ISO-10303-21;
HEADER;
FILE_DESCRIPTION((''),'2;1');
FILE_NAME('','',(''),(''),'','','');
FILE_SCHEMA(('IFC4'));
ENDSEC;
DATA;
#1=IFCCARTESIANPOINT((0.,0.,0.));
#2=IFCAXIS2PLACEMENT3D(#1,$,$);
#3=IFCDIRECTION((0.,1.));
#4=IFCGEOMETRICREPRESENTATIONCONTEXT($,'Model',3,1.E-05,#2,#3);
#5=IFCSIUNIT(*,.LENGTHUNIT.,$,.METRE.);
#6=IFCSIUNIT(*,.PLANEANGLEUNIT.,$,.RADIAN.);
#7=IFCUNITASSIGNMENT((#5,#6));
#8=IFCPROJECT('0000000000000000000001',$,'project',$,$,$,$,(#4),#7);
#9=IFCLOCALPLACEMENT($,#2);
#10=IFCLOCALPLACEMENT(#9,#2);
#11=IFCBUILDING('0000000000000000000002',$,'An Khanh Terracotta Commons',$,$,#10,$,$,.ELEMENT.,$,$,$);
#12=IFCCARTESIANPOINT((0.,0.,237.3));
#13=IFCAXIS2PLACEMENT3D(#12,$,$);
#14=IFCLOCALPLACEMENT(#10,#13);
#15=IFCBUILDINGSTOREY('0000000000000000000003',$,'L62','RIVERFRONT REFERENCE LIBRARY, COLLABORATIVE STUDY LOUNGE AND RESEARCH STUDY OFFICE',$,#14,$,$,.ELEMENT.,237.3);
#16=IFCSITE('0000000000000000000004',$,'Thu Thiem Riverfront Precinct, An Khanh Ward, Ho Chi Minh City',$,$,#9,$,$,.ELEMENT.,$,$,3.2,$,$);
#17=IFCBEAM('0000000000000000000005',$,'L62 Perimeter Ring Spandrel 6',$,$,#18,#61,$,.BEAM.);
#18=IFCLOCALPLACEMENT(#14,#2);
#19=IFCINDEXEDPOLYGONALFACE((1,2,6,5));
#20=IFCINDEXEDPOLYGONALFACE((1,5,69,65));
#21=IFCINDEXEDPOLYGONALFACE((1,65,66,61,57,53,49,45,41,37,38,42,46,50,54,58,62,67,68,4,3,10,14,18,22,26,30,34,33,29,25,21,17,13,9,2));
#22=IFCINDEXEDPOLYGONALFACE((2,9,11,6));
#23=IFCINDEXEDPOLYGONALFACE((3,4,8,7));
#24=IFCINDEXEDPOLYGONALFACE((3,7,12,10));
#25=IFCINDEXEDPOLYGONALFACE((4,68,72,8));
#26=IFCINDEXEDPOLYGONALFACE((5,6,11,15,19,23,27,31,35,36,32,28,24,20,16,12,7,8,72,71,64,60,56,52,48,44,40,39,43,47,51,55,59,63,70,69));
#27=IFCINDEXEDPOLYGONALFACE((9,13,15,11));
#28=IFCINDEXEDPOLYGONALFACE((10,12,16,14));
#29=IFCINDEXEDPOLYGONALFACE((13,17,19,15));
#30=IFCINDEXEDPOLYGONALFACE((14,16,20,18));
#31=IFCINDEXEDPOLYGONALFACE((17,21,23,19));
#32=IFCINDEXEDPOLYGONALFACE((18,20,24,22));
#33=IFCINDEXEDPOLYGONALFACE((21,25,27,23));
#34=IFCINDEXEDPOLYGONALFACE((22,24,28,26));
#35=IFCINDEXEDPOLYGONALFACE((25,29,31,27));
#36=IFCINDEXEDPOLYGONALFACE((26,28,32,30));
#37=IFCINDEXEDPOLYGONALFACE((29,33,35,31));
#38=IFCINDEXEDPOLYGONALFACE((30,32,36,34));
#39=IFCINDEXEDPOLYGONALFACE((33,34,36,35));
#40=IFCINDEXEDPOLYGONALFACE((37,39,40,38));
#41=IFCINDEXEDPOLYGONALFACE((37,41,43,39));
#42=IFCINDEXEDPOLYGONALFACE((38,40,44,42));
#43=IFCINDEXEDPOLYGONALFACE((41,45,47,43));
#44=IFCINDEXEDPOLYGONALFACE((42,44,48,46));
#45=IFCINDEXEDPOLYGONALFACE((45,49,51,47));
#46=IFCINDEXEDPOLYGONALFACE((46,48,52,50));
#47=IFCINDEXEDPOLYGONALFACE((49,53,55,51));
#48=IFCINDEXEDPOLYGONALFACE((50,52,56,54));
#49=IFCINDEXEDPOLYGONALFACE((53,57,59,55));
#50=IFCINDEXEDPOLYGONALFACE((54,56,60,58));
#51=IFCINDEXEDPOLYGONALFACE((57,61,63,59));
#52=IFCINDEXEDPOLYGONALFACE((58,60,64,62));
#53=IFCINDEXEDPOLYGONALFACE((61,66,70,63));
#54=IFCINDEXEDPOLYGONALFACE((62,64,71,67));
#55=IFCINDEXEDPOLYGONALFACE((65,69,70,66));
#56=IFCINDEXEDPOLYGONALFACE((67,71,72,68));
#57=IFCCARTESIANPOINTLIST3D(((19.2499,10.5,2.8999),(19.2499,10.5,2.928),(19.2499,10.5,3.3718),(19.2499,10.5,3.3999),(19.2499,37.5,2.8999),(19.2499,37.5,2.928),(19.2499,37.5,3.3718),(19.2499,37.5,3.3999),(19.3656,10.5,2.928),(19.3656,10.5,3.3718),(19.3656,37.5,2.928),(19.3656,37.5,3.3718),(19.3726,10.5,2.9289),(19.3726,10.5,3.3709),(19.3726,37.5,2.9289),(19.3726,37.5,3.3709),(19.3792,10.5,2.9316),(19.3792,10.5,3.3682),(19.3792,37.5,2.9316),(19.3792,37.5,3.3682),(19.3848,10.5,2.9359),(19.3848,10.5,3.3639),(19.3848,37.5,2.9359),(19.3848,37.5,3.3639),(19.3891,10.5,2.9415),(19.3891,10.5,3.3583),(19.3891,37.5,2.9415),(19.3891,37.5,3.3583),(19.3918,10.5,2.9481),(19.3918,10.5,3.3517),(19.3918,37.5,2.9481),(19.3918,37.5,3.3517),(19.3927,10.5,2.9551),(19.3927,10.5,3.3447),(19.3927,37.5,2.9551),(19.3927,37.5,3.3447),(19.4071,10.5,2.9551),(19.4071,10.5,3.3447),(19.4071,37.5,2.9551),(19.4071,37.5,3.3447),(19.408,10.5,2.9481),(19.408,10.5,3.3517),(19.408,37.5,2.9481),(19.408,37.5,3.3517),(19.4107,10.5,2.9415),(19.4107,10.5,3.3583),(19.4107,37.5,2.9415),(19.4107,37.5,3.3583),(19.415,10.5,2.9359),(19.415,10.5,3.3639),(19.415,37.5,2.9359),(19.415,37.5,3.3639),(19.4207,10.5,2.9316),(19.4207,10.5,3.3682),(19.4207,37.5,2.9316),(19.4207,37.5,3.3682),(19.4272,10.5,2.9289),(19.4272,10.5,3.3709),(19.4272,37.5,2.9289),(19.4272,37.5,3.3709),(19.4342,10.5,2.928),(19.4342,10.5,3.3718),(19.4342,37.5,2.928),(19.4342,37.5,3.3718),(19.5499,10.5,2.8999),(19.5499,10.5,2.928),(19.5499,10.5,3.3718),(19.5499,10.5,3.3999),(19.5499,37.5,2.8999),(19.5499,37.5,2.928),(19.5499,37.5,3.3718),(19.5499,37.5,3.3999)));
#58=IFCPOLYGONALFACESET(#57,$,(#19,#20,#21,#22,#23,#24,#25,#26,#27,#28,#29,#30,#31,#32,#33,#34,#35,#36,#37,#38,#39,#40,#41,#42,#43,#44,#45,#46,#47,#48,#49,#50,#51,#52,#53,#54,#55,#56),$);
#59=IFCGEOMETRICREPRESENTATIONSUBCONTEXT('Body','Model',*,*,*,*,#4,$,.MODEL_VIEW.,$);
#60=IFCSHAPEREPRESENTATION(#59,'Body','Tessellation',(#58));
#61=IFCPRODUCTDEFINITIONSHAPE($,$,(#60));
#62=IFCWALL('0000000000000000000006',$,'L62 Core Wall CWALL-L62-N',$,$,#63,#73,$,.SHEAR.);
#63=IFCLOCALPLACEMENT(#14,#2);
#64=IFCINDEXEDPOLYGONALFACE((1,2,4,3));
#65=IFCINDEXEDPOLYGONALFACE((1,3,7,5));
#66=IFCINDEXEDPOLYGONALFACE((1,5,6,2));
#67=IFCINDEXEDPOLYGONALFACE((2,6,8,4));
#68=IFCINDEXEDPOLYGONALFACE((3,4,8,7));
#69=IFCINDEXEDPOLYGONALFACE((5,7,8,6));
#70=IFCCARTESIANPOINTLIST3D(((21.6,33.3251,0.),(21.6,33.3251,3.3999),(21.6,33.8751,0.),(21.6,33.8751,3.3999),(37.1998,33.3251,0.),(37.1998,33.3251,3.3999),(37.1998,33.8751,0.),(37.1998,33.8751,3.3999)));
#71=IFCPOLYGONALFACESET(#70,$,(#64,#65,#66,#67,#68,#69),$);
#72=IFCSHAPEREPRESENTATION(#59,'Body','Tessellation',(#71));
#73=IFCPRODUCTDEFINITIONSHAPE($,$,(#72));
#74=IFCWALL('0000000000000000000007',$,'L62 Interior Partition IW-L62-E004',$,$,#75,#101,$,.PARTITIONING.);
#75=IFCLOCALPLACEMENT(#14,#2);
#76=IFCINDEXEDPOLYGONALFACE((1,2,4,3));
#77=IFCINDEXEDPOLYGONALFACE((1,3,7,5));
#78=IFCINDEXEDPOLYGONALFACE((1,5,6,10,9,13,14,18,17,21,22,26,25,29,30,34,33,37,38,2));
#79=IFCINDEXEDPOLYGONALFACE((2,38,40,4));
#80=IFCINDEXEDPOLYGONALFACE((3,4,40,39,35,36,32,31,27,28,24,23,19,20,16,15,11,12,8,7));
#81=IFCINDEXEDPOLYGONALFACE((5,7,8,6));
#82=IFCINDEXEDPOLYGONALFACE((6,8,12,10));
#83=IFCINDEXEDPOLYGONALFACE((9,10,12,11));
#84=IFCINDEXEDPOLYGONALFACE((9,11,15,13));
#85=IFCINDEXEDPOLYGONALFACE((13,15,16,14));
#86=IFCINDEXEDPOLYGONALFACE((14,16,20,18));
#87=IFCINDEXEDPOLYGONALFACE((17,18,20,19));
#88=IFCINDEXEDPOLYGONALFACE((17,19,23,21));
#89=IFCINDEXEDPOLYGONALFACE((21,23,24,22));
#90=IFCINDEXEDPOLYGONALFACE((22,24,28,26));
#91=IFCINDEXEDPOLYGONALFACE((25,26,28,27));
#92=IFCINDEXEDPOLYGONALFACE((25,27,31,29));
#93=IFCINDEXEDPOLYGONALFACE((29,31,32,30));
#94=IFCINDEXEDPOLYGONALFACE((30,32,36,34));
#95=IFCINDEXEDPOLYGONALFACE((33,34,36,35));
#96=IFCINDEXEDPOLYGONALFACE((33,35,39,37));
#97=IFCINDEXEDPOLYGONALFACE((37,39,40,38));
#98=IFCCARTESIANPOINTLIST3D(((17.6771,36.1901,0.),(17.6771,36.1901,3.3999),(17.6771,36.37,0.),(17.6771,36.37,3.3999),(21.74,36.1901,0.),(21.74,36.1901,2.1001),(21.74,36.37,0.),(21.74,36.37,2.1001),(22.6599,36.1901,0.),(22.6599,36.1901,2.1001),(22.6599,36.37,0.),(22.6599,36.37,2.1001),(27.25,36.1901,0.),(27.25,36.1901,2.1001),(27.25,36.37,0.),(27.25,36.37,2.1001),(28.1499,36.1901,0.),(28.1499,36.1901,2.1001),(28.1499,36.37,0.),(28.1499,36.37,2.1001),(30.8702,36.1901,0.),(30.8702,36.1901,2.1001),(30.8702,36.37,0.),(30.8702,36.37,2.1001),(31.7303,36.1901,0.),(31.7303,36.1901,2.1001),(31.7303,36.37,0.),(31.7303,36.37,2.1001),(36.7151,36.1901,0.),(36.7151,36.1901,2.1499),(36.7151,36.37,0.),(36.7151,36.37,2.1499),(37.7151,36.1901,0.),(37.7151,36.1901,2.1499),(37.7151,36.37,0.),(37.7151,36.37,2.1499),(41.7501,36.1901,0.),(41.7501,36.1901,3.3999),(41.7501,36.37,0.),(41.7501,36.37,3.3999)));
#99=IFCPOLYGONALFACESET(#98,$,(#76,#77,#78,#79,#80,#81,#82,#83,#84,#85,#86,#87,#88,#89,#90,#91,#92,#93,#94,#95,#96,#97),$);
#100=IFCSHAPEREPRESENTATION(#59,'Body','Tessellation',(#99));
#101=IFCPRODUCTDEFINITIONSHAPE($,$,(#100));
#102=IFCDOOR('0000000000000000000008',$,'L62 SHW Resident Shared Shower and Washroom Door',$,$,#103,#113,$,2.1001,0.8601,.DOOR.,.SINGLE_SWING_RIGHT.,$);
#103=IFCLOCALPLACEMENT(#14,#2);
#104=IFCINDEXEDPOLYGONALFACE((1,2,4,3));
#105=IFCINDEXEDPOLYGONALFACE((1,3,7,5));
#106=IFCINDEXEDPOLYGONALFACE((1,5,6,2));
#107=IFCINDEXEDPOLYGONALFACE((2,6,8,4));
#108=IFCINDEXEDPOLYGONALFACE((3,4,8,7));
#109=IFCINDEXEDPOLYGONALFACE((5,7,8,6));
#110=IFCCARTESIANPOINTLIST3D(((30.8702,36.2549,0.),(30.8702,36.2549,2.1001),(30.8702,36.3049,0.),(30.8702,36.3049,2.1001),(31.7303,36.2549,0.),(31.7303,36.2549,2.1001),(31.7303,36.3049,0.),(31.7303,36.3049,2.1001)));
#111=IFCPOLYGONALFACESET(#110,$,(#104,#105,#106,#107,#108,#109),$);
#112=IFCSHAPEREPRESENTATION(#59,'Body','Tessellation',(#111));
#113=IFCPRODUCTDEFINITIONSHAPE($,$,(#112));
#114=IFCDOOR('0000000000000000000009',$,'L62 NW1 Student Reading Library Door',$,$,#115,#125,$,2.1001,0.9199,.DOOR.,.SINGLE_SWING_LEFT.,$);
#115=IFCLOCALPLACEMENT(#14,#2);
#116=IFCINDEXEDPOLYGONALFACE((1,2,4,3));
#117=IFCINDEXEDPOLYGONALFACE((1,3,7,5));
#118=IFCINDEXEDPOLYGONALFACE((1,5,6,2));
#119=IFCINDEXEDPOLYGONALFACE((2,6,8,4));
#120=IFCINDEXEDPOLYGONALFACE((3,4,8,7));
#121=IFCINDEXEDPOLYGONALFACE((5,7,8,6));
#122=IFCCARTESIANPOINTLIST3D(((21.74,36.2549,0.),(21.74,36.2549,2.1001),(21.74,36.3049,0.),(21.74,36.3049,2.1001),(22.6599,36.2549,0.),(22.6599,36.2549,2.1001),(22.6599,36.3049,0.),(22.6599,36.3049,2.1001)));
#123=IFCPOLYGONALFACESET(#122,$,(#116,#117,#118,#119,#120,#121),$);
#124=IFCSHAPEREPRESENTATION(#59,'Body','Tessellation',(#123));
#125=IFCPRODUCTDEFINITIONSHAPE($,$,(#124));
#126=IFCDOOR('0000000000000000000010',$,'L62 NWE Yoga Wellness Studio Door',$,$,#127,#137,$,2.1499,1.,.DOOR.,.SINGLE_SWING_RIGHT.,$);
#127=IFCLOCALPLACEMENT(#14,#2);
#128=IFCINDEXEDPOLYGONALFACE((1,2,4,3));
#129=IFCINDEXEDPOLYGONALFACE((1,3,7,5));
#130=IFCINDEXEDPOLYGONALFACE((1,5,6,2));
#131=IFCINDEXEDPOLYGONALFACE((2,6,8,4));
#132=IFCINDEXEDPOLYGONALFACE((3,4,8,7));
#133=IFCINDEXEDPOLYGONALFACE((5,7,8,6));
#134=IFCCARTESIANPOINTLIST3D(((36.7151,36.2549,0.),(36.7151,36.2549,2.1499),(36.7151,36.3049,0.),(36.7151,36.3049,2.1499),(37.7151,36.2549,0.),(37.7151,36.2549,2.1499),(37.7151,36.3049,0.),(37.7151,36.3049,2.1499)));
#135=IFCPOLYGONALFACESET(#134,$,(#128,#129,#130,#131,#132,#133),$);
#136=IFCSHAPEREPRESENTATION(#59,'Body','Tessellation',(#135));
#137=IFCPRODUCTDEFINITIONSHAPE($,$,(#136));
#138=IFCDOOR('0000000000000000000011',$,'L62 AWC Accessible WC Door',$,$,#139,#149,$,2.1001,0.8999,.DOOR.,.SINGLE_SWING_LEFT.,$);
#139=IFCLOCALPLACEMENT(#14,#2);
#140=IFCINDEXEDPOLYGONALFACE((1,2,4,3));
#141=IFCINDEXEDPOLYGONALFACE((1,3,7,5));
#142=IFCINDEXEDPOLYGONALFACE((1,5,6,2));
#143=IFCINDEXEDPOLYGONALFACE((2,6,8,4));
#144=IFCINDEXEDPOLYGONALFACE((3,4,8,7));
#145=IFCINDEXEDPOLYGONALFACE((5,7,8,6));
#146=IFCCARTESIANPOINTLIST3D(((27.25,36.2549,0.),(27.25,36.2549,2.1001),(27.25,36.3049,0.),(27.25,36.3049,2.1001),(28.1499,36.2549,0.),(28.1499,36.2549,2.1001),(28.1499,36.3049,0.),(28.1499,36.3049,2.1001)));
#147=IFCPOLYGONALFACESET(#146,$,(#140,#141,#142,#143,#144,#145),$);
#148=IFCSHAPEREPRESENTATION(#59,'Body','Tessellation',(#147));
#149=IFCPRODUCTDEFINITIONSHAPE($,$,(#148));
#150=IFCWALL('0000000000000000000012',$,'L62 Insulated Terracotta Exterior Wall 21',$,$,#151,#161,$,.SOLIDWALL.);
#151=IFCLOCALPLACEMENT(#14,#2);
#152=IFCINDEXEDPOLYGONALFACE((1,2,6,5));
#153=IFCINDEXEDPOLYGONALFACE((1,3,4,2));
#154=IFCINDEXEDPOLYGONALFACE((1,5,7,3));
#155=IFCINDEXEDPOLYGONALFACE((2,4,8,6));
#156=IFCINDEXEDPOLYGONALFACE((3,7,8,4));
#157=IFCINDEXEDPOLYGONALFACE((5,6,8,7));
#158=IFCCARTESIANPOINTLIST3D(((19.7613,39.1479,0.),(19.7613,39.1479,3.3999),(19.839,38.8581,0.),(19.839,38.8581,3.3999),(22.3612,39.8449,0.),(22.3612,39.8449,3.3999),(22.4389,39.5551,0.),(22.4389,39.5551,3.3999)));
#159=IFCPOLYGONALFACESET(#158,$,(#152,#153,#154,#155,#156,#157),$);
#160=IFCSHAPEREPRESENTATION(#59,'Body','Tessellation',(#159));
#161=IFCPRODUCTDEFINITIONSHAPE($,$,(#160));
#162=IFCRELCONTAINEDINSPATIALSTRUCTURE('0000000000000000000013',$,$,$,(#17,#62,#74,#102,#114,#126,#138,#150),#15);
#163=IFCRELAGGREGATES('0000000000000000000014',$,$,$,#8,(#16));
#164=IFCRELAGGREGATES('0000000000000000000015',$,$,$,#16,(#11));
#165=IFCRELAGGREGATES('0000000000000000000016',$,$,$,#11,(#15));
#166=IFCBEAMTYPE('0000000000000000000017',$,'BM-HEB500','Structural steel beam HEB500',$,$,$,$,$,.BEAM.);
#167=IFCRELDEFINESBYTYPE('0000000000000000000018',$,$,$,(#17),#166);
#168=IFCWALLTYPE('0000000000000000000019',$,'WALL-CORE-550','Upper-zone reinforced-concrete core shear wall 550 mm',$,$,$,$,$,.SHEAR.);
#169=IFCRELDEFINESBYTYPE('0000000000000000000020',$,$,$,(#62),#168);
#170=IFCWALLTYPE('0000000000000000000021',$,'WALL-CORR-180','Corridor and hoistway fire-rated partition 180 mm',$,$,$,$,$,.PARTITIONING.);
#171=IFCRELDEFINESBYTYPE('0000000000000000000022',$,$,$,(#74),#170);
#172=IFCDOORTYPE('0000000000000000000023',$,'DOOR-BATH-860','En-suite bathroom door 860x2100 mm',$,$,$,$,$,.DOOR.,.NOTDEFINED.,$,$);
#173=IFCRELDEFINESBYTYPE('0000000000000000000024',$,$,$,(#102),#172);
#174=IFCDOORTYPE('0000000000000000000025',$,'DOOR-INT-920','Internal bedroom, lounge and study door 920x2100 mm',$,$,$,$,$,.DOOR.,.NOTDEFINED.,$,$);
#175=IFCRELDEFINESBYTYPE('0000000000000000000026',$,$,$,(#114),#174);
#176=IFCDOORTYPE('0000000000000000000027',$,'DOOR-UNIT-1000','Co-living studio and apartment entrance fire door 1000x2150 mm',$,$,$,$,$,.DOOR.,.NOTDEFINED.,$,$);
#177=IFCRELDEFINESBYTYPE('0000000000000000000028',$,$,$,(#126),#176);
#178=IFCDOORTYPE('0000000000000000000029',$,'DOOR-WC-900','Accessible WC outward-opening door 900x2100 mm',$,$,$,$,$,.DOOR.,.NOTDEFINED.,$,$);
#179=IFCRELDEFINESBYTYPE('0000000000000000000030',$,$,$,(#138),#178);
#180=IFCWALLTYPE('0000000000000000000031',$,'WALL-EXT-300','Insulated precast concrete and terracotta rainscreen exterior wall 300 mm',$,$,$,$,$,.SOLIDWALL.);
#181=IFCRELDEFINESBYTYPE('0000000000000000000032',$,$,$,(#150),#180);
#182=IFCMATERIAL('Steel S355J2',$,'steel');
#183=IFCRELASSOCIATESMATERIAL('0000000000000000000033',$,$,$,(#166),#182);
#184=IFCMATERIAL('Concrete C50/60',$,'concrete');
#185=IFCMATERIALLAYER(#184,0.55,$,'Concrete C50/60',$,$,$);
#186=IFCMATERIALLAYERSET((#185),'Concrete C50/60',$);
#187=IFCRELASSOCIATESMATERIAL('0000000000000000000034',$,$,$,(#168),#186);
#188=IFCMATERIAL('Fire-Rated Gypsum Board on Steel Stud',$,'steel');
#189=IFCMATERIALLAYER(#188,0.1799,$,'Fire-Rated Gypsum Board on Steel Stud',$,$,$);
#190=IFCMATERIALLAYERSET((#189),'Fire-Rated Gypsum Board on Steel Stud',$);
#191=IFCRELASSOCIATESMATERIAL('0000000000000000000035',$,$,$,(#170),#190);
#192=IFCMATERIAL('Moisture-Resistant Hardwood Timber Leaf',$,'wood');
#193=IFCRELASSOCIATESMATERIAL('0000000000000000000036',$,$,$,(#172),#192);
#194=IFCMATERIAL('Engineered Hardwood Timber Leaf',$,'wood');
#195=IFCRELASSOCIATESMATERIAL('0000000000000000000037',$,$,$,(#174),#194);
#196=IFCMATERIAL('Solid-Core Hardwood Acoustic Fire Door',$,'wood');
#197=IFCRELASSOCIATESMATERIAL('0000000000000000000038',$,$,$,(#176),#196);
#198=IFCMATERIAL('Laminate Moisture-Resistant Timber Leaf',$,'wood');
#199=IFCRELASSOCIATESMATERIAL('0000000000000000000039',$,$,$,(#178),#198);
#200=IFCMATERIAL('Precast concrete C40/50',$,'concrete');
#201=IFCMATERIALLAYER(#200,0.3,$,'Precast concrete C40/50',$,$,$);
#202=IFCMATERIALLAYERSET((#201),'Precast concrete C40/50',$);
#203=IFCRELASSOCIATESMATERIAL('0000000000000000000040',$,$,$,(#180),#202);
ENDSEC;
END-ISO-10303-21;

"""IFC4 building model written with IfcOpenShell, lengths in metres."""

from ifc_helpers import new_model, si_unit, direction, frame, frame_2d, origin, origin_2d, place, context, subcontext, project, spatial, rectangle, i_section, extrude, material, layer, layer_set, material_profile, profile_set, type_object, element, fill, save


model = new_model("IFC4")

# Units and contexts
model_context = context("Model", 3, precision=1e-05, world=origin(), true_north=direction((0.0, 1.0)))
body_context = subcontext(model_context, "Body", "Model", "MODEL_VIEW")
ifc_project = project(units=[si_unit("LENGTHUNIT", "METRE"), si_unit("PLANEANGLEUNIT", "RADIAN")], contexts=[model_context])

# Site, building, storey
site_placement = place(None, origin())
site = spatial("IfcSite", under=ifc_project, at=site_placement, Name="Thu Thiem Riverfront Precinct, An Khanh Ward, Ho Chi Minh City", CompositionType="ELEMENT", RefElevation=3.2)
building_placement = place(site_placement, origin())
building = spatial("IfcBuilding", under=site, at=building_placement, Name="An Khanh Terracotta Commons", CompositionType="ELEMENT")
storey_placement = place(building_placement, frame((0.0, 0.0, 237.3)))
storey = spatial("IfcBuildingStorey", under=building, at=storey_placement, Name="L62", Description="RIVERFRONT REFERENCE LIBRARY, COLLABORATIVE STUDY LOUNGE AND RESEARCH STUDY OFFICE", CompositionType="ELEMENT", Elevation=237.3)

# Beam
ifc_material_1 = material(Name="Steel S355J2", Category="steel")
ifc_material_profile_1 = material_profile(ifc_material_1, i_section(OverallWidth=0.3, OverallDepth=0.5, WebThickness=0.0144, FlangeThickness=0.0281, FilletRadius=0.0271, at=origin_2d()), Name="HEB500")
ifc_profile_set_1 = profile_set([ifc_material_profile_1], Name="Steel S355J2")
beam_type_1 = type_object("IfcBeamType", Name="BM-HEB500", Description="Structural steel beam HEB500", PredefinedType="BEAM", material=ifc_profile_set_1)
beam_1_placement = place(storey_placement, frame((19.3999, 37.5, 3.1499), z_axis=(0.0, -1.0, 0.0), x_axis=(1.0, 0.0, 0.0)))
element("IfcBeam", 1, at=beam_1_placement, inside=storey, type_object=beam_type_1, Name="L62 Perimeter Ring Spandrel 6", PredefinedType="BEAM", context=body_context, shape_type="SweptSolid", body=[
    extrude(i_section(OverallWidth=0.3, OverallDepth=0.5, WebThickness=0.0144, FlangeThickness=0.0281, FilletRadius=0.0271, at=origin_2d()), origin(), (0.0, 0.0, 1.0), 27.0),
])

# Wall
ifc_material_2 = material(Name="Concrete C50/60", Category="concrete")
ifc_layer_1 = layer(ifc_material_2, 0.55, Name="Concrete C50/60")
ifc_layer_set_1 = layer_set([ifc_layer_1], Name="Concrete C50/60")
wall_type_1 = type_object("IfcWallType", Name="WALL-CORE-550", Description="Upper-zone reinforced-concrete core shear wall 550 mm", PredefinedType="SHEAR", material=ifc_layer_set_1)
wall_1_placement = place(storey_placement, frame((21.6001, 33.6001, 0.0), z_axis=(0.0, 0.0, 1.0), x_axis=(1.0, 0.0, 0.0)))
element("IfcWall", 2, at=wall_1_placement, inside=storey, type_object=wall_type_1, Name="L62 Core Wall CWALL-L62-N", PredefinedType="SHEAR", context=body_context, shape_type="SweptSolid", body=[
    extrude(rectangle(XDim=15.5999, YDim=0.55, at=frame_2d((7.7998, 0.0))), origin(), (0.0, 0.0, 1.0), 3.3999),
])

# Wall, openings, doors
ifc_material_3 = material(Name="Fire-Rated Gypsum Board on Steel Stud", Category="steel")
ifc_layer_2 = layer(ifc_material_3, 0.1799, Name="Fire-Rated Gypsum Board on Steel Stud")
ifc_layer_set_2 = layer_set([ifc_layer_2], Name="Fire-Rated Gypsum Board on Steel Stud")
wall_type_2 = type_object("IfcWallType", Name="WALL-CORR-180", Description="Corridor and hoistway fire-rated partition 180 mm", PredefinedType="PARTITIONING", material=ifc_layer_set_2)
wall_2_placement = place(storey_placement, frame((17.677, 36.28, 0.0), z_axis=(0.0, 0.0, 1.0), x_axis=(1.0, 0.0, 0.0)))
wall_2 = element("IfcWall", 3, at=wall_2_placement, inside=storey, type_object=wall_type_2, Name="L62 Interior Partition IW-L62-E004", PredefinedType="PARTITIONING", context=body_context, shape_type="SweptSolid", body=[
    extrude(rectangle(XDim=24.073, YDim=0.1799, at=frame_2d((12.0366, 0.0))), origin(), (0.0, 0.0, 1.0), 3.3999),
])
opening_1_placement = place(wall_2_placement, frame((9.573, 0.0, 0.0)))
opening_1 = element("IfcOpeningElement", 4, at=opening_1_placement, cuts=wall_2, PredefinedType="OPENING", context=body_context, shape_type="SweptSolid", body=[
    extrude(rectangle(XDim=0.8999, YDim=2.1001, at=frame_2d((0.45, 1.05))), frame((0.0, 0.0999, 0.0), z_axis=(0.0, -1.0, 0.0), x_axis=(1.0, 0.0, 0.0)), (0.0, 0.0, 1.0), 0.2),
])
opening_2_placement = place(wall_2_placement, frame((13.1931, 0.0, 0.0)))
opening_2 = element("IfcOpeningElement", 5, at=opening_2_placement, cuts=wall_2, PredefinedType="OPENING", context=body_context, shape_type="SweptSolid", body=[
    extrude(rectangle(XDim=0.8601, YDim=2.1001, at=frame_2d((0.4302, 1.05))), frame((0.0, 0.0999, 0.0), z_axis=(0.0, -1.0, 0.0), x_axis=(1.0, 0.0, 0.0)), (0.0, 0.0, 1.0), 0.2),
])
opening_3_placement = place(wall_2_placement, frame((4.063, 0.0, 0.0)))
opening_3 = element("IfcOpeningElement", 6, at=opening_3_placement, cuts=wall_2, PredefinedType="OPENING", context=body_context, shape_type="SweptSolid", body=[
    extrude(rectangle(XDim=0.9199, YDim=2.1001, at=frame_2d((0.46, 1.05))), frame((0.0, 0.0999, 0.0), z_axis=(0.0, -1.0, 0.0), x_axis=(1.0, 0.0, 0.0)), (0.0, 0.0, 1.0), 0.2),
])
opening_4_placement = place(wall_2_placement, frame((19.0381, 0.0, 0.0)))
opening_4 = element("IfcOpeningElement", 7, at=opening_4_placement, cuts=wall_2, PredefinedType="OPENING", context=body_context, shape_type="SweptSolid", body=[
    extrude(rectangle(XDim=1.0, YDim=2.1499, at=frame_2d((0.5, 1.075))), frame((0.0, 0.0999, 0.0), z_axis=(0.0, -1.0, 0.0), x_axis=(1.0, 0.0, 0.0)), (0.0, 0.0, 1.0), 0.2),
])
ifc_material_4 = material(Name="Moisture-Resistant Hardwood Timber Leaf", Category="wood")
door_type_1 = type_object("IfcDoorType", Name="DOOR-BATH-860", Description="En-suite bathroom door 860x2100 mm", OperationType="NOTDEFINED", PredefinedType="DOOR", material=ifc_material_4)
door_1_placement = place(opening_2_placement, origin())
door_1 = element("IfcDoor", 8, at=door_1_placement, inside=storey, type_object=door_type_1, Name="L62 SHW Resident Shared Shower and Washroom Door", OperationType="SINGLE_SWING_RIGHT", OverallHeight=2.1001, OverallWidth=0.8601, PredefinedType="DOOR", context=body_context, shape_type="SweptSolid", body=[
    extrude(rectangle(XDim=0.8601, YDim=2.1001, at=frame_2d((0.4302, 1.05))), frame((0.0, 0.0249, 0.0), z_axis=(0.0, -1.0, 0.0), x_axis=(1.0, 0.0, 0.0)), (0.0, 0.0, 1.0), 0.05),
])
fill(opening_2, door_1)
ifc_material_5 = material(Name="Engineered Hardwood Timber Leaf", Category="wood")
door_type_2 = type_object("IfcDoorType", Name="DOOR-INT-920", Description="Internal bedroom, lounge and study door 920x2100 mm", OperationType="NOTDEFINED", PredefinedType="DOOR", material=ifc_material_5)
door_2_placement = place(opening_3_placement, origin())
door_2 = element("IfcDoor", 9, at=door_2_placement, inside=storey, type_object=door_type_2, Name="L62 NW1 Student Reading Library Door", OperationType="SINGLE_SWING_LEFT", OverallHeight=2.1001, OverallWidth=0.9199, PredefinedType="DOOR", context=body_context, shape_type="SweptSolid", body=[
    extrude(rectangle(XDim=0.9199, YDim=2.1001, at=frame_2d((0.46, 1.05))), frame((0.0, 0.0249, 0.0), z_axis=(0.0, -1.0, 0.0), x_axis=(1.0, 0.0, 0.0)), (0.0, 0.0, 1.0), 0.05),
])
fill(opening_3, door_2)
ifc_material_6 = material(Name="Solid-Core Hardwood Acoustic Fire Door", Category="wood")
door_type_3 = type_object("IfcDoorType", Name="DOOR-UNIT-1000", Description="Co-living studio and apartment entrance fire door 1000x2150 mm", OperationType="NOTDEFINED", PredefinedType="DOOR", material=ifc_material_6)
door_3_placement = place(opening_4_placement, origin())
door_3 = element("IfcDoor", 10, at=door_3_placement, inside=storey, type_object=door_type_3, Name="L62 NWE Yoga Wellness Studio Door", OperationType="SINGLE_SWING_RIGHT", OverallHeight=2.1499, OverallWidth=1.0, PredefinedType="DOOR", context=body_context, shape_type="SweptSolid", body=[
    extrude(rectangle(XDim=1.0, YDim=2.1499, at=frame_2d((0.5, 1.075))), frame((0.0, 0.0249, 0.0), z_axis=(0.0, -1.0, 0.0), x_axis=(1.0, 0.0, 0.0)), (0.0, 0.0, 1.0), 0.05),
])
fill(opening_4, door_3)
ifc_material_7 = material(Name="Laminate Moisture-Resistant Timber Leaf", Category="wood")
door_type_4 = type_object("IfcDoorType", Name="DOOR-WC-900", Description="Accessible WC outward-opening door 900x2100 mm", OperationType="NOTDEFINED", PredefinedType="DOOR", material=ifc_material_7)
door_4_placement = place(opening_1_placement, origin())
door_4 = element("IfcDoor", 11, at=door_4_placement, inside=storey, type_object=door_type_4, Name="L62 AWC Accessible WC Door", OperationType="SINGLE_SWING_LEFT", OverallHeight=2.1001, OverallWidth=0.8999, PredefinedType="DOOR", context=body_context, shape_type="SweptSolid", body=[
    extrude(rectangle(XDim=0.8999, YDim=2.1001, at=frame_2d((0.45, 1.05))), frame((0.0, 0.0249, 0.0), z_axis=(0.0, -1.0, 0.0), x_axis=(1.0, 0.0, 0.0)), (0.0, 0.0, 1.0), 0.05),
])
fill(opening_1, door_4)

# Wall
ifc_material_8 = material(Name="Precast concrete C40/50", Category="concrete")
ifc_layer_3 = layer(ifc_material_8, 0.3, Name="Precast concrete C40/50")
ifc_layer_set_3 = layer_set([ifc_layer_3], Name="Precast concrete C40/50")
wall_type_3 = type_object("IfcWallType", Name="WALL-EXT-300", Description="Insulated precast concrete and terracotta rainscreen exterior wall 300 mm", PredefinedType="SOLIDWALL", material=ifc_layer_set_3)
wall_3_placement = place(storey_placement, frame((22.3999, 39.7, 0.0), z_axis=(0.0, 0.0, 1.0), x_axis=(-0.965889, -0.258955, 0.0)))
element("IfcWall", 12, at=wall_3_placement, inside=storey, type_object=wall_type_3, Name="L62 Insulated Terracotta Exterior Wall 21", PredefinedType="SOLIDWALL", context=body_context, shape_type="SweptSolid", body=[
    extrude(rectangle(XDim=2.6917, YDim=0.3, at=frame_2d((1.3457, 0.0))), origin(), (0.0, 0.0, 1.0), 3.3999),
])

save(model, "model.ifc")
